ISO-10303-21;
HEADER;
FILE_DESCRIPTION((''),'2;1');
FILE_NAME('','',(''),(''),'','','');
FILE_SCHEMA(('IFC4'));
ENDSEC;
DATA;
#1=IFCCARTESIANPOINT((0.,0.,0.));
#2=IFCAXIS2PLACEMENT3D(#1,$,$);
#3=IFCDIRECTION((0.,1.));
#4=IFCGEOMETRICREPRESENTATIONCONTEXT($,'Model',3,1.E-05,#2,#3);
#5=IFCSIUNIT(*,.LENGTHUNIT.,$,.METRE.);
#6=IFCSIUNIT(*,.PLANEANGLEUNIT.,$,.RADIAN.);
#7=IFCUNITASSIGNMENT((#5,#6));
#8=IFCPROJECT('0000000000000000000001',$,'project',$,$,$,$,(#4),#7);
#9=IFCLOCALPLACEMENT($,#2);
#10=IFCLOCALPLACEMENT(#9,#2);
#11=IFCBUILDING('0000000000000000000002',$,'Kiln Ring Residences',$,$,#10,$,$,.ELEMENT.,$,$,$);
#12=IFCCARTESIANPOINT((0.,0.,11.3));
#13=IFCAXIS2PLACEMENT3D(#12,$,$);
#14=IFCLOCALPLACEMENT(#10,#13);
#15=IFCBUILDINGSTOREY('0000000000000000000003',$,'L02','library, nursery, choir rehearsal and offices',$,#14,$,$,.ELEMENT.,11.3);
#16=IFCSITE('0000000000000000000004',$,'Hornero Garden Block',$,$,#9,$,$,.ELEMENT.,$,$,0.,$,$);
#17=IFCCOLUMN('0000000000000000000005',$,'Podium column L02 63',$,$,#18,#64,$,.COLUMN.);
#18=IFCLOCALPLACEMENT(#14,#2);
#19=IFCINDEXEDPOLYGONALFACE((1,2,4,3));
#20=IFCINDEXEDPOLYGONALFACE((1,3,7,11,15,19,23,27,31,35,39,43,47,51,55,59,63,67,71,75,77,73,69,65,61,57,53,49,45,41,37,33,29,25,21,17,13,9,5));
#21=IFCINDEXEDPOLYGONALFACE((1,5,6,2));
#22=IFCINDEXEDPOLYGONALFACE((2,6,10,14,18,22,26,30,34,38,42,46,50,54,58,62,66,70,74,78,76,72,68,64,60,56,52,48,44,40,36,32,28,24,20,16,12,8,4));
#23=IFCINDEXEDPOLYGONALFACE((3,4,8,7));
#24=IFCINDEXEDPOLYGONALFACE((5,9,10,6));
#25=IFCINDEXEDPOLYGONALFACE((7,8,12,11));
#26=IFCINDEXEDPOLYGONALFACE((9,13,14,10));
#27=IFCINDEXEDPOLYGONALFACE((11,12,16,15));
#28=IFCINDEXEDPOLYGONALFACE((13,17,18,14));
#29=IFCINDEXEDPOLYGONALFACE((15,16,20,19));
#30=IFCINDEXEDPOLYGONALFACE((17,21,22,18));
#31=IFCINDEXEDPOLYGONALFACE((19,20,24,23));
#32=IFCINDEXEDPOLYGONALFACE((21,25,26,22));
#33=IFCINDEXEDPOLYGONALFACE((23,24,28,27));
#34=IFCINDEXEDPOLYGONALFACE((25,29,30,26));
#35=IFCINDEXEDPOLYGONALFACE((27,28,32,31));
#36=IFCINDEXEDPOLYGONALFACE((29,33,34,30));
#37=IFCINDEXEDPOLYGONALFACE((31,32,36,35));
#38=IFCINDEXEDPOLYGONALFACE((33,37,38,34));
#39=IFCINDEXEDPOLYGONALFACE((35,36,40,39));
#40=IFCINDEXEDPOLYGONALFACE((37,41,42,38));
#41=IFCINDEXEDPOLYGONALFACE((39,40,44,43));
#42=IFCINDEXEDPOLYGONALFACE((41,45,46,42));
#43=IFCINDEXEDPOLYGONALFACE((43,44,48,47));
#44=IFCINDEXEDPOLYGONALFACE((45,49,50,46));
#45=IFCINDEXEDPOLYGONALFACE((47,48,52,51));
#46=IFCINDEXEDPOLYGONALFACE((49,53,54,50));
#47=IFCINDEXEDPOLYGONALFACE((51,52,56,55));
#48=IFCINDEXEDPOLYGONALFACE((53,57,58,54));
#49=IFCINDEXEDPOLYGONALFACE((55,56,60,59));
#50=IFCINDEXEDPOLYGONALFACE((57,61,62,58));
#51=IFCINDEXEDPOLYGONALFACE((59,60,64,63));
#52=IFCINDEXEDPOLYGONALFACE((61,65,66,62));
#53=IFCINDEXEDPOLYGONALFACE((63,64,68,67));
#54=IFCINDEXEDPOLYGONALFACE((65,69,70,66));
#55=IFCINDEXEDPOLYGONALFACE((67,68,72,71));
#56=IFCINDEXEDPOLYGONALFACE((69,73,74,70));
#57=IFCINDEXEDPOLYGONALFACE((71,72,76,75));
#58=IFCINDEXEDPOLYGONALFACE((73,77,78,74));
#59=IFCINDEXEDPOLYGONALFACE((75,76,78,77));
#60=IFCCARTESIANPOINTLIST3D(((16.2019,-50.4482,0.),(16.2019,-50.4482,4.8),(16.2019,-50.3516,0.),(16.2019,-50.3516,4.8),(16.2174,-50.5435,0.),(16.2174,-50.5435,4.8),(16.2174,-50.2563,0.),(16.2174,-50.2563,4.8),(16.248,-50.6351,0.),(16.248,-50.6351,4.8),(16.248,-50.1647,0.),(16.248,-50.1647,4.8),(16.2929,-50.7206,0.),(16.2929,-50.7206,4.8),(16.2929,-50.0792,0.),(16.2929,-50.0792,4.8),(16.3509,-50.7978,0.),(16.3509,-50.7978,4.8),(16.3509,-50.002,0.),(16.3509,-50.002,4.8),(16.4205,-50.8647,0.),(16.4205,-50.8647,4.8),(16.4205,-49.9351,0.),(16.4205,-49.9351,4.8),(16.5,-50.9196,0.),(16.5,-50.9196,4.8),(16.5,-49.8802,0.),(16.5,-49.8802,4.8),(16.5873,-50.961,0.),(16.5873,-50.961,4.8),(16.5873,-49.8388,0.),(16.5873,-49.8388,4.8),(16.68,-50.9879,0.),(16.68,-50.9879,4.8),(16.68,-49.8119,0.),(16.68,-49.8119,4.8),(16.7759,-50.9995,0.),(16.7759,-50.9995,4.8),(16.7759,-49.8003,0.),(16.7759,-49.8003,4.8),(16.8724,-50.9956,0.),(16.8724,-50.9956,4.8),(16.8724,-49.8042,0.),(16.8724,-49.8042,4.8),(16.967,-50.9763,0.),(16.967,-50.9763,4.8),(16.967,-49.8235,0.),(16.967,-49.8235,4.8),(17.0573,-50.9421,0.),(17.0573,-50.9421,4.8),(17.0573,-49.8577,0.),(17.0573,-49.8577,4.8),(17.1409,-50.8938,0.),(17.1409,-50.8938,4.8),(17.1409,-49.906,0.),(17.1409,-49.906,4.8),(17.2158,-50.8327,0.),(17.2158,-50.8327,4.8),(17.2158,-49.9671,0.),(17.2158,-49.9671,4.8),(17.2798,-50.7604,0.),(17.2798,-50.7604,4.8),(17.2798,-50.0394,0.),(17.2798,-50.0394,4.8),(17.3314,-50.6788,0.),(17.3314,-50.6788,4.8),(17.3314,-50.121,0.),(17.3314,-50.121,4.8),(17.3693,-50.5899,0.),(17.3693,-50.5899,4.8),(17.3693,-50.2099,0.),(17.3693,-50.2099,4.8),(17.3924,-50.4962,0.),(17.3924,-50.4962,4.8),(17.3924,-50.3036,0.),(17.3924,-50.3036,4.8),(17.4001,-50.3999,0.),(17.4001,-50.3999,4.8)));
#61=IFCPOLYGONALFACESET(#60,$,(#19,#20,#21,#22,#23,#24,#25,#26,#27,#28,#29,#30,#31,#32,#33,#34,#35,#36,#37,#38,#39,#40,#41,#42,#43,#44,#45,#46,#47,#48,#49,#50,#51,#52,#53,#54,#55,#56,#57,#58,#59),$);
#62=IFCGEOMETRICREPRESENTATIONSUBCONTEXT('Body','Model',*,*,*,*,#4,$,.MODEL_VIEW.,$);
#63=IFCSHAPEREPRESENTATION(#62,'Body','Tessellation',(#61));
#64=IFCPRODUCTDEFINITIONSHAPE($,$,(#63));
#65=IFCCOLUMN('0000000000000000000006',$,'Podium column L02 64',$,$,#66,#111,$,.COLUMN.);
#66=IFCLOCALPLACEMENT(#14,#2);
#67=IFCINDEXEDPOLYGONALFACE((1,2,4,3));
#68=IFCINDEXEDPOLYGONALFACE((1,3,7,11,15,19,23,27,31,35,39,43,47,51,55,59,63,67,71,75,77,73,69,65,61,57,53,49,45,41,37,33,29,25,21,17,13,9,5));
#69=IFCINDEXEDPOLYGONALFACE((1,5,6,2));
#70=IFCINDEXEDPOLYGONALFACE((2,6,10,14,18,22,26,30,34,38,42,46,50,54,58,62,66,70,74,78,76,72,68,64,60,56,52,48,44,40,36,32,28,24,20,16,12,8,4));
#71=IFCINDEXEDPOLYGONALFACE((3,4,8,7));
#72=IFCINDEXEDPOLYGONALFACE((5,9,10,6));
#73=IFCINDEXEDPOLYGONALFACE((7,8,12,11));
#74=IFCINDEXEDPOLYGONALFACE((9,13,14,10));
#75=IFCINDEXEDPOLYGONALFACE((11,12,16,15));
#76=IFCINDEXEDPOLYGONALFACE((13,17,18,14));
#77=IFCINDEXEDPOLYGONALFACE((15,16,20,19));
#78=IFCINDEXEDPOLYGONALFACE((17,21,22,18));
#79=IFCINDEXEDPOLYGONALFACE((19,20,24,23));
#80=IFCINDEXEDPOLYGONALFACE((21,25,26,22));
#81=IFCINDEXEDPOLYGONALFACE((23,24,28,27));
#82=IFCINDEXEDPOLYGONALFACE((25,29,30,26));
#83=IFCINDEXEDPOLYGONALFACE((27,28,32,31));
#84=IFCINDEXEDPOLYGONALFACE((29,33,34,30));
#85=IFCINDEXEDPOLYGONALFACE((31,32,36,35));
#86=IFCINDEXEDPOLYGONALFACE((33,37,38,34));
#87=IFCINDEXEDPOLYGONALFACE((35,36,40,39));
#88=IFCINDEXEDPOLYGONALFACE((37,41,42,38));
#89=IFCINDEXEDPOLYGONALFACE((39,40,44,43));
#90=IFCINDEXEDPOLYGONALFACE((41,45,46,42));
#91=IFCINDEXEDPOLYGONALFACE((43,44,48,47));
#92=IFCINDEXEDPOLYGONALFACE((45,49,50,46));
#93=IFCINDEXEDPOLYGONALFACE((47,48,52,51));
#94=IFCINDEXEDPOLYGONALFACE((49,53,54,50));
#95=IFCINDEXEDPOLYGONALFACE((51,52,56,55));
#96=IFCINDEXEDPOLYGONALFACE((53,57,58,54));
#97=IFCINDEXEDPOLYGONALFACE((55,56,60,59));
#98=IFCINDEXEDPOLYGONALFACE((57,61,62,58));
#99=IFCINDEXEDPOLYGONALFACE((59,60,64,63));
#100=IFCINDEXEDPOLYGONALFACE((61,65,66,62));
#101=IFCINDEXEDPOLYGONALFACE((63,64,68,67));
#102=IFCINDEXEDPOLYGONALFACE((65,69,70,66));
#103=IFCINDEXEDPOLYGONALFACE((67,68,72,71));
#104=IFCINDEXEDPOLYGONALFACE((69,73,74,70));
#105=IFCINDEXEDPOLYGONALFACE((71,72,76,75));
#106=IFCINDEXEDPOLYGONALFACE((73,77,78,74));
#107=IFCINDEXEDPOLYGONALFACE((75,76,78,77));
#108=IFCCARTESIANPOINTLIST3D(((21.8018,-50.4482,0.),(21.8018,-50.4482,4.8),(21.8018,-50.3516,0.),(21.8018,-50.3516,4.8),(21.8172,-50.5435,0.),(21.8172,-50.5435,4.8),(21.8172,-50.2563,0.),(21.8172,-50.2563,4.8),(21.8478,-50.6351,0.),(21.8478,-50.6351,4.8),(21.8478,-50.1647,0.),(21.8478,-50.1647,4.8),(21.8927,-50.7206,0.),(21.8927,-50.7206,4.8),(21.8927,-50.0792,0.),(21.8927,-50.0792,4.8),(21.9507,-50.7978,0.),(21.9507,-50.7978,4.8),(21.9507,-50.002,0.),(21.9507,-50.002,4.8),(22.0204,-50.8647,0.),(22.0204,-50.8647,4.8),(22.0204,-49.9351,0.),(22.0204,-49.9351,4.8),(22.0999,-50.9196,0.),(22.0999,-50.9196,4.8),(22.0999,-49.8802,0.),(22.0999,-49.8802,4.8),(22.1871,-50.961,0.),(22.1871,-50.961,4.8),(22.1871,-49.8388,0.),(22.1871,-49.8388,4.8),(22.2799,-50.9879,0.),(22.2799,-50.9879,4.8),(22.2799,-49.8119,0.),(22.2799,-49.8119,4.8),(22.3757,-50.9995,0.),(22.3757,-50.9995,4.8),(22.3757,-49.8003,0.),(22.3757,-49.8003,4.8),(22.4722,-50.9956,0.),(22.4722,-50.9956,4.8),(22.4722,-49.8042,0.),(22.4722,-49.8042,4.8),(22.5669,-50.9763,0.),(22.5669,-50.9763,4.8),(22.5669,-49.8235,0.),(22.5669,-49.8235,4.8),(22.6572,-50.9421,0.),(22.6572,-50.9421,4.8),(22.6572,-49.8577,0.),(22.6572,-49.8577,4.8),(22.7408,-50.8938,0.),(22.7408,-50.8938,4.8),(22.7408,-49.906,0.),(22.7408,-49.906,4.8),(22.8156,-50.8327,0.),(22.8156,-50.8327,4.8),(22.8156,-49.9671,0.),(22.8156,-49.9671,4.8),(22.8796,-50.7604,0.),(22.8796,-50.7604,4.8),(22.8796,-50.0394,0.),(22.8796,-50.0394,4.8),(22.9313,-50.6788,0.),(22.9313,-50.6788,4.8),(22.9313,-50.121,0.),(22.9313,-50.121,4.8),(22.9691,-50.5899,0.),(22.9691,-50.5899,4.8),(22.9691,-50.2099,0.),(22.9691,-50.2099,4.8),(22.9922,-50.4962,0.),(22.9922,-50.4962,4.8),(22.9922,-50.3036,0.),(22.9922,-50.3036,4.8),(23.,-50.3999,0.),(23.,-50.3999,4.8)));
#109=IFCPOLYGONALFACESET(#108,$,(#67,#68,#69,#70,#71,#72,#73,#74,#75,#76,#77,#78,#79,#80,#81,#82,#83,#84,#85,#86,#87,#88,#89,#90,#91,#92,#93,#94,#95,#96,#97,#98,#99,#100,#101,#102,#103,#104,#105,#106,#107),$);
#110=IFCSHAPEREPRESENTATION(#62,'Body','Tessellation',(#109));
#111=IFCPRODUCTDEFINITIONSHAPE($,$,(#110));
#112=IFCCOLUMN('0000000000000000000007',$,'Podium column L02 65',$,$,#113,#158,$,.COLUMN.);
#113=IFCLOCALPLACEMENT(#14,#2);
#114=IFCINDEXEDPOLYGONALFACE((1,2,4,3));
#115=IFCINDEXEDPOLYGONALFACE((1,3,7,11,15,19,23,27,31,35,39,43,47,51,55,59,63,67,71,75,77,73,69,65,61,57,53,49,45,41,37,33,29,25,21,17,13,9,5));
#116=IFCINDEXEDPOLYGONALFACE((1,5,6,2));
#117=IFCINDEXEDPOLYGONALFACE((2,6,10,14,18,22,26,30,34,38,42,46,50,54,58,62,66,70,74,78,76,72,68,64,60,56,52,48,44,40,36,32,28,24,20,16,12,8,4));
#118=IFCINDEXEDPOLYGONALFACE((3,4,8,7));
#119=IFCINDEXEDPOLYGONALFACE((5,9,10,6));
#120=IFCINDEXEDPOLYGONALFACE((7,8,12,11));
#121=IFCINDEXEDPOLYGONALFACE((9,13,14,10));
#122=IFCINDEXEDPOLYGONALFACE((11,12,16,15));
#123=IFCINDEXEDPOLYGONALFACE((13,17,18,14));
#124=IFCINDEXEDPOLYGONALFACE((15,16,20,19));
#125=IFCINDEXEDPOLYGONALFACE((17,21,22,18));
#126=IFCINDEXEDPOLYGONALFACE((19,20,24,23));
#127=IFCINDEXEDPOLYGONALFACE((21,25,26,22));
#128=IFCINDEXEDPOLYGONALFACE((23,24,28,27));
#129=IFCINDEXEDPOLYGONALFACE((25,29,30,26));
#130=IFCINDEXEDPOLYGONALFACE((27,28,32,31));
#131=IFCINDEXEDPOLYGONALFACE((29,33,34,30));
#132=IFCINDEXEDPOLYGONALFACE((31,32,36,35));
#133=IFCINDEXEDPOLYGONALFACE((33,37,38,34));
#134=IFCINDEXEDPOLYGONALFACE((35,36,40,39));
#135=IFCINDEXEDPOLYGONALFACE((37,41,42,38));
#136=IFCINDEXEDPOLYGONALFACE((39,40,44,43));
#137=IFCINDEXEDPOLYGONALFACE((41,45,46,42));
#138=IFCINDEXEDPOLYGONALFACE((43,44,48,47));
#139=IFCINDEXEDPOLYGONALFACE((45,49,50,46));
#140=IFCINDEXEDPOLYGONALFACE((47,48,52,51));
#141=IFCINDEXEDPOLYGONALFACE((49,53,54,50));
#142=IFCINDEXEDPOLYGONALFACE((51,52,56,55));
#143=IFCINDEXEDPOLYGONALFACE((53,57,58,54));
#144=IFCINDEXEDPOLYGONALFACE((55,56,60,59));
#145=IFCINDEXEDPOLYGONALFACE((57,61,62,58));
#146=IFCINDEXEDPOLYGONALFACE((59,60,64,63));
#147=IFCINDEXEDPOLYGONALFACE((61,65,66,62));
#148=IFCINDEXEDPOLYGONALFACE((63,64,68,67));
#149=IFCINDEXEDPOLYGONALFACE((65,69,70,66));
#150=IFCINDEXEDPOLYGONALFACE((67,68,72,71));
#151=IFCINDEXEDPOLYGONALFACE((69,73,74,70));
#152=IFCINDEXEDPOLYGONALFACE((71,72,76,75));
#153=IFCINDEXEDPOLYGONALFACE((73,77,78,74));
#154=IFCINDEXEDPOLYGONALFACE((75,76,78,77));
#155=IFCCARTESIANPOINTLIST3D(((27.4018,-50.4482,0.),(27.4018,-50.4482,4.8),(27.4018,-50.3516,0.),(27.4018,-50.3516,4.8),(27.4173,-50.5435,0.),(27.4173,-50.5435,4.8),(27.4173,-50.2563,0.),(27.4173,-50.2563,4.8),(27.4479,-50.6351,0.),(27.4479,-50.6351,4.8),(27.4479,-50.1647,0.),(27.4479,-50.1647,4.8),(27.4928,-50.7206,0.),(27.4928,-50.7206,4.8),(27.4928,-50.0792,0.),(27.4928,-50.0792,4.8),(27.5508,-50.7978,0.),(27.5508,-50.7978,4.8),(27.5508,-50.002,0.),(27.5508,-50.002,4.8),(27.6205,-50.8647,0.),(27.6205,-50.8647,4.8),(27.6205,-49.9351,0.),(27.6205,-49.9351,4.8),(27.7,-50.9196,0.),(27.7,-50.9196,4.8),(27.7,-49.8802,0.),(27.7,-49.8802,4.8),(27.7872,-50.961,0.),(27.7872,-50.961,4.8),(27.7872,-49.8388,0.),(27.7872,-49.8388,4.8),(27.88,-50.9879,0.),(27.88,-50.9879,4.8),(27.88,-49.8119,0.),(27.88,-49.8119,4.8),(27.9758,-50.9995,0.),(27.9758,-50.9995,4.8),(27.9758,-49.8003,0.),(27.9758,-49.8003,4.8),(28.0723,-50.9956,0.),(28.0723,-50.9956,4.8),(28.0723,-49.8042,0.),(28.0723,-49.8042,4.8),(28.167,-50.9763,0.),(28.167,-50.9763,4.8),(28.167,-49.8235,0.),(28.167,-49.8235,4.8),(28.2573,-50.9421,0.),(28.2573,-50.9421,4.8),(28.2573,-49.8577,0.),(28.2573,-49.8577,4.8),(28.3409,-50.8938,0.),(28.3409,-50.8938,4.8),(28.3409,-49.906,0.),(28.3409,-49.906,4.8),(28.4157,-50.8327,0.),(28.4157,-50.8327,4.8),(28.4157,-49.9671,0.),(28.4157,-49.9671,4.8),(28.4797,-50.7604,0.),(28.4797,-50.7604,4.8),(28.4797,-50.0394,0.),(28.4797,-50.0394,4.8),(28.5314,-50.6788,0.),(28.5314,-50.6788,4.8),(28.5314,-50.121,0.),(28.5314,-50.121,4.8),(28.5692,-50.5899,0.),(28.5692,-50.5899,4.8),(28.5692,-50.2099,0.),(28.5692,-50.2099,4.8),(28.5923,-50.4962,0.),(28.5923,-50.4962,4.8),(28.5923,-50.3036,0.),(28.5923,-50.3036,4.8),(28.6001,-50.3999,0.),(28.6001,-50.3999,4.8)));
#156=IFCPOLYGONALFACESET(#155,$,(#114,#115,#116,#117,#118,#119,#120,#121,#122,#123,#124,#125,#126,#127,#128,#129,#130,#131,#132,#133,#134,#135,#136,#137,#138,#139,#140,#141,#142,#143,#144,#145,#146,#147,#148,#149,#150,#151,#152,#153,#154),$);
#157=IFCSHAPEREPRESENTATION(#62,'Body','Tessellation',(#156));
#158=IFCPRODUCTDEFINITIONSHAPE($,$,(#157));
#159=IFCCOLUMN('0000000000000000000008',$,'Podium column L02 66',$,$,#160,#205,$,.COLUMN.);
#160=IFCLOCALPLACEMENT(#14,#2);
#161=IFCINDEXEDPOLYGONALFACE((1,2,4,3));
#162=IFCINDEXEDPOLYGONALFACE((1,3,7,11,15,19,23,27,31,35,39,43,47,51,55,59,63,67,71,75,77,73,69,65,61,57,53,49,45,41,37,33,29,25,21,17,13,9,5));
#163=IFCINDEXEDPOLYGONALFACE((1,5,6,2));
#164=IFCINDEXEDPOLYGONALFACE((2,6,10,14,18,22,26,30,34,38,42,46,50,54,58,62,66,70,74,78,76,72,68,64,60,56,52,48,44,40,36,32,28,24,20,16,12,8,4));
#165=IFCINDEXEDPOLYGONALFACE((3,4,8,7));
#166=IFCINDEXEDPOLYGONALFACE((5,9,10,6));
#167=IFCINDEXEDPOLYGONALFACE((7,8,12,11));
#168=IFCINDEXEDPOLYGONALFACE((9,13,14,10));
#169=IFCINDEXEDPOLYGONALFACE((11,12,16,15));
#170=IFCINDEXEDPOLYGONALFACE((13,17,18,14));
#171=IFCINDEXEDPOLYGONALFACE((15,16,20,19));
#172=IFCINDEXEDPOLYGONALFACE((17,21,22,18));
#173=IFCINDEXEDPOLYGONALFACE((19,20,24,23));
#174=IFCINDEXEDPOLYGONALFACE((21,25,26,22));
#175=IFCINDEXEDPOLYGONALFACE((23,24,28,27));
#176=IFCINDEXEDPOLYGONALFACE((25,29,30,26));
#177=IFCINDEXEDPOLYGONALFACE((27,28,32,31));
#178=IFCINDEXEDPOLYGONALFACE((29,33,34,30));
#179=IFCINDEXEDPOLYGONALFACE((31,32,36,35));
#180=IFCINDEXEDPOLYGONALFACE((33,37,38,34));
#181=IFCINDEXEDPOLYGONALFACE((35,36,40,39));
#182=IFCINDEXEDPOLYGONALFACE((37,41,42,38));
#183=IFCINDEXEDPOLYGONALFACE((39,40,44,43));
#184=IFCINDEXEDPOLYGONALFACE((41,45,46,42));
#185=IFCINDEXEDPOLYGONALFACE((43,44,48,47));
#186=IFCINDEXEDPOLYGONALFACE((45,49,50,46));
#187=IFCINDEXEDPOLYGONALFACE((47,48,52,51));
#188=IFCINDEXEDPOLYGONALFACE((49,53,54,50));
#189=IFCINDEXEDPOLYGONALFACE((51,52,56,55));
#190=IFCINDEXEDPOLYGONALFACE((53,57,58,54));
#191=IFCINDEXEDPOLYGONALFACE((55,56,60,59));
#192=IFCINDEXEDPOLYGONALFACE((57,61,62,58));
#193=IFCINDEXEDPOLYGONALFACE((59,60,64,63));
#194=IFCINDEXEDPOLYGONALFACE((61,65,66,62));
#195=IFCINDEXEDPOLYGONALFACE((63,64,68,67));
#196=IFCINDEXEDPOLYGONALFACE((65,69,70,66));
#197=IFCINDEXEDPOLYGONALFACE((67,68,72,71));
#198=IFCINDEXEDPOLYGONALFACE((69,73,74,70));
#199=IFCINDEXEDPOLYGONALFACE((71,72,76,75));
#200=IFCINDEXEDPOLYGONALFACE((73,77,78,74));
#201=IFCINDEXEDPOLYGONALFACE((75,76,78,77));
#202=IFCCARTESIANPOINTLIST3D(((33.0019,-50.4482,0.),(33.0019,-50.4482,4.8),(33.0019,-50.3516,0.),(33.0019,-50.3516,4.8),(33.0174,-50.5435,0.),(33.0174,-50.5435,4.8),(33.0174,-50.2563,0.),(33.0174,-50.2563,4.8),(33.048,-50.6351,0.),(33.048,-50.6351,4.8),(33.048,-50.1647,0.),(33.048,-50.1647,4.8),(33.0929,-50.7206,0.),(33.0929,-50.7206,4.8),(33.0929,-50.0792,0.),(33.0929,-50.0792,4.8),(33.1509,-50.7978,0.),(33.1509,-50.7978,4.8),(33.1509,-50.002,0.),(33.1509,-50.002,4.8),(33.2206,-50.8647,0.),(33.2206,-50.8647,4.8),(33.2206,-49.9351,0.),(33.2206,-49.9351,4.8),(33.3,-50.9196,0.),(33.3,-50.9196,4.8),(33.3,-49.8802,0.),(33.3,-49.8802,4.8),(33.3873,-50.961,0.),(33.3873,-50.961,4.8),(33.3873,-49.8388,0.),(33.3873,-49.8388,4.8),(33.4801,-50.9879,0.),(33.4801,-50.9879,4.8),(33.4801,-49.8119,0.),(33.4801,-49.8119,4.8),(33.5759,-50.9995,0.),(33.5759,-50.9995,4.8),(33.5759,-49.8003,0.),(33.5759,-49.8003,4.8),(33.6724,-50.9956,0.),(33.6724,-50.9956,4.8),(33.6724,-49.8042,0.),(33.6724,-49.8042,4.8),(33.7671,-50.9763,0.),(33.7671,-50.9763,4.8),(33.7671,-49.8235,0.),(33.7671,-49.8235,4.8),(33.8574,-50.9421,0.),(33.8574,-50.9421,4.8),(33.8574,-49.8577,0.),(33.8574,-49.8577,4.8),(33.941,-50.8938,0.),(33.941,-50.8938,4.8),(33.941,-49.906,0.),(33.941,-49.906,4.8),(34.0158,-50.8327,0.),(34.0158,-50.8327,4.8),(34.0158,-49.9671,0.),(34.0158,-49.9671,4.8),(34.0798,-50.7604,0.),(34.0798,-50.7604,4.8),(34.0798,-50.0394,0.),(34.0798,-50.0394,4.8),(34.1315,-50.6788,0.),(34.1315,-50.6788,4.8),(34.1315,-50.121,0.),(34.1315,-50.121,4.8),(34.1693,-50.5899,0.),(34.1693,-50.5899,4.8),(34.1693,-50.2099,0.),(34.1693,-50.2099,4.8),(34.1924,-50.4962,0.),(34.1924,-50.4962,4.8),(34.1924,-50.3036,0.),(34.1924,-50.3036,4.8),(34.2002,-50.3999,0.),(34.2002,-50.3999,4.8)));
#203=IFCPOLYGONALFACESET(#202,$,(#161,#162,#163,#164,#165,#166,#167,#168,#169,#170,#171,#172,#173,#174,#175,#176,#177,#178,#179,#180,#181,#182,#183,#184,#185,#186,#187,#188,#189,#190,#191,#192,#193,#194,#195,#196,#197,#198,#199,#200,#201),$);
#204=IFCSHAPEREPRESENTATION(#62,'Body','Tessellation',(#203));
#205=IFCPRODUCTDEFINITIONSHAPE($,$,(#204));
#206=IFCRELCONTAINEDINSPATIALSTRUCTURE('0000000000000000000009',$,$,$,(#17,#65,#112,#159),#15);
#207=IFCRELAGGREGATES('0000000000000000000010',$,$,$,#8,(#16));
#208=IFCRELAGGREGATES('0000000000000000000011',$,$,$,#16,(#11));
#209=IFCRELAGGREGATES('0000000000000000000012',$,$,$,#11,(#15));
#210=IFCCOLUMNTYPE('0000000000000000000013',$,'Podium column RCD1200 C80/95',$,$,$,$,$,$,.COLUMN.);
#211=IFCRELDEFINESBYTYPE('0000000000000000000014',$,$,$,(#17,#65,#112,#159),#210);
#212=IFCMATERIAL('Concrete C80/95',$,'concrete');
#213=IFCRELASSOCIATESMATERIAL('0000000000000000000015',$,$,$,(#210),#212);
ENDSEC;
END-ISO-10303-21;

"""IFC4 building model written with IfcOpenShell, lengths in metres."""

from ifc_helpers import new_model, si_unit, direction, frame, origin, origin_2d, place, context, subcontext, project, spatial, circle, extrude, material, material_profile, profile_set, type_object, element, save


model = new_model("IFC4")

# Units and contexts
model_context = context("Model", 3, precision=1e-05, world=origin(), true_north=direction((0.0, 1.0)))
body_context = subcontext(model_context, "Body", "Model", "MODEL_VIEW")
ifc_project = project(units=[si_unit("LENGTHUNIT", "METRE"), si_unit("PLANEANGLEUNIT", "RADIAN")], contexts=[model_context])

# Site, building, storey
site_placement = place(None, origin())
site = spatial("IfcSite", under=ifc_project, at=site_placement, Name="Hornero Garden Block", CompositionType="ELEMENT", RefElevation=0.0)
building_placement = place(site_placement, origin())
building = spatial("IfcBuilding", under=site, at=building_placement, Name="Kiln Ring Residences", CompositionType="ELEMENT")
storey_placement = place(building_placement, frame((0.0, 0.0, 11.3)))
storey = spatial("IfcBuildingStorey", under=building, at=storey_placement, Name="L02", Description="library, nursery, choir rehearsal and offices", CompositionType="ELEMENT", Elevation=11.3)

# Columns
ifc_material_1 = material(Name="Concrete C80/95", Category="concrete")
ifc_material_profile_1 = material_profile(ifc_material_1, circle(Radius=0.6001, at=origin_2d()), Name="RCD1200")
ifc_profile_set_1 = profile_set([ifc_material_profile_1], Name="Concrete C80/95")
column_type_1 = type_object("IfcColumnType", Name="Podium column RCD1200 C80/95", PredefinedType="COLUMN", material=ifc_profile_set_1)
for number, where, z_axis, x_axis, name in (
    (1, (16.8, -50.3999, 0.0), (0.0, 0.0, 1.0), (1.0, 0.0, 0.0), "Podium column L02 63"),
    (2, (22.3999, -50.3999, 0.0), (0.0, 0.0, 1.0), (1.0, 0.0, 0.0), "Podium column L02 64"),
    (3, (28.0, -50.3999, 0.0), (0.0, 0.0, 1.0), (1.0, 0.0, 0.0), "Podium column L02 65"),
    (4, (33.6001, -50.3999, 0.0), (0.0, 0.0, 1.0), (1.0, 0.0, 0.0), "Podium column L02 66"),
):
    element("IfcColumn", number, at=place(storey_placement, frame(where, z_axis=z_axis, x_axis=x_axis)), inside=storey, type_object=column_type_1, Name=name, PredefinedType="COLUMN", context=body_context, shape_type="SweptSolid", body=[
        extrude(circle(Radius=0.6001, at=origin_2d()), origin(), (0.0, 0.0, 1.0), 4.8),
    ])

save(model, "model.ifc")
